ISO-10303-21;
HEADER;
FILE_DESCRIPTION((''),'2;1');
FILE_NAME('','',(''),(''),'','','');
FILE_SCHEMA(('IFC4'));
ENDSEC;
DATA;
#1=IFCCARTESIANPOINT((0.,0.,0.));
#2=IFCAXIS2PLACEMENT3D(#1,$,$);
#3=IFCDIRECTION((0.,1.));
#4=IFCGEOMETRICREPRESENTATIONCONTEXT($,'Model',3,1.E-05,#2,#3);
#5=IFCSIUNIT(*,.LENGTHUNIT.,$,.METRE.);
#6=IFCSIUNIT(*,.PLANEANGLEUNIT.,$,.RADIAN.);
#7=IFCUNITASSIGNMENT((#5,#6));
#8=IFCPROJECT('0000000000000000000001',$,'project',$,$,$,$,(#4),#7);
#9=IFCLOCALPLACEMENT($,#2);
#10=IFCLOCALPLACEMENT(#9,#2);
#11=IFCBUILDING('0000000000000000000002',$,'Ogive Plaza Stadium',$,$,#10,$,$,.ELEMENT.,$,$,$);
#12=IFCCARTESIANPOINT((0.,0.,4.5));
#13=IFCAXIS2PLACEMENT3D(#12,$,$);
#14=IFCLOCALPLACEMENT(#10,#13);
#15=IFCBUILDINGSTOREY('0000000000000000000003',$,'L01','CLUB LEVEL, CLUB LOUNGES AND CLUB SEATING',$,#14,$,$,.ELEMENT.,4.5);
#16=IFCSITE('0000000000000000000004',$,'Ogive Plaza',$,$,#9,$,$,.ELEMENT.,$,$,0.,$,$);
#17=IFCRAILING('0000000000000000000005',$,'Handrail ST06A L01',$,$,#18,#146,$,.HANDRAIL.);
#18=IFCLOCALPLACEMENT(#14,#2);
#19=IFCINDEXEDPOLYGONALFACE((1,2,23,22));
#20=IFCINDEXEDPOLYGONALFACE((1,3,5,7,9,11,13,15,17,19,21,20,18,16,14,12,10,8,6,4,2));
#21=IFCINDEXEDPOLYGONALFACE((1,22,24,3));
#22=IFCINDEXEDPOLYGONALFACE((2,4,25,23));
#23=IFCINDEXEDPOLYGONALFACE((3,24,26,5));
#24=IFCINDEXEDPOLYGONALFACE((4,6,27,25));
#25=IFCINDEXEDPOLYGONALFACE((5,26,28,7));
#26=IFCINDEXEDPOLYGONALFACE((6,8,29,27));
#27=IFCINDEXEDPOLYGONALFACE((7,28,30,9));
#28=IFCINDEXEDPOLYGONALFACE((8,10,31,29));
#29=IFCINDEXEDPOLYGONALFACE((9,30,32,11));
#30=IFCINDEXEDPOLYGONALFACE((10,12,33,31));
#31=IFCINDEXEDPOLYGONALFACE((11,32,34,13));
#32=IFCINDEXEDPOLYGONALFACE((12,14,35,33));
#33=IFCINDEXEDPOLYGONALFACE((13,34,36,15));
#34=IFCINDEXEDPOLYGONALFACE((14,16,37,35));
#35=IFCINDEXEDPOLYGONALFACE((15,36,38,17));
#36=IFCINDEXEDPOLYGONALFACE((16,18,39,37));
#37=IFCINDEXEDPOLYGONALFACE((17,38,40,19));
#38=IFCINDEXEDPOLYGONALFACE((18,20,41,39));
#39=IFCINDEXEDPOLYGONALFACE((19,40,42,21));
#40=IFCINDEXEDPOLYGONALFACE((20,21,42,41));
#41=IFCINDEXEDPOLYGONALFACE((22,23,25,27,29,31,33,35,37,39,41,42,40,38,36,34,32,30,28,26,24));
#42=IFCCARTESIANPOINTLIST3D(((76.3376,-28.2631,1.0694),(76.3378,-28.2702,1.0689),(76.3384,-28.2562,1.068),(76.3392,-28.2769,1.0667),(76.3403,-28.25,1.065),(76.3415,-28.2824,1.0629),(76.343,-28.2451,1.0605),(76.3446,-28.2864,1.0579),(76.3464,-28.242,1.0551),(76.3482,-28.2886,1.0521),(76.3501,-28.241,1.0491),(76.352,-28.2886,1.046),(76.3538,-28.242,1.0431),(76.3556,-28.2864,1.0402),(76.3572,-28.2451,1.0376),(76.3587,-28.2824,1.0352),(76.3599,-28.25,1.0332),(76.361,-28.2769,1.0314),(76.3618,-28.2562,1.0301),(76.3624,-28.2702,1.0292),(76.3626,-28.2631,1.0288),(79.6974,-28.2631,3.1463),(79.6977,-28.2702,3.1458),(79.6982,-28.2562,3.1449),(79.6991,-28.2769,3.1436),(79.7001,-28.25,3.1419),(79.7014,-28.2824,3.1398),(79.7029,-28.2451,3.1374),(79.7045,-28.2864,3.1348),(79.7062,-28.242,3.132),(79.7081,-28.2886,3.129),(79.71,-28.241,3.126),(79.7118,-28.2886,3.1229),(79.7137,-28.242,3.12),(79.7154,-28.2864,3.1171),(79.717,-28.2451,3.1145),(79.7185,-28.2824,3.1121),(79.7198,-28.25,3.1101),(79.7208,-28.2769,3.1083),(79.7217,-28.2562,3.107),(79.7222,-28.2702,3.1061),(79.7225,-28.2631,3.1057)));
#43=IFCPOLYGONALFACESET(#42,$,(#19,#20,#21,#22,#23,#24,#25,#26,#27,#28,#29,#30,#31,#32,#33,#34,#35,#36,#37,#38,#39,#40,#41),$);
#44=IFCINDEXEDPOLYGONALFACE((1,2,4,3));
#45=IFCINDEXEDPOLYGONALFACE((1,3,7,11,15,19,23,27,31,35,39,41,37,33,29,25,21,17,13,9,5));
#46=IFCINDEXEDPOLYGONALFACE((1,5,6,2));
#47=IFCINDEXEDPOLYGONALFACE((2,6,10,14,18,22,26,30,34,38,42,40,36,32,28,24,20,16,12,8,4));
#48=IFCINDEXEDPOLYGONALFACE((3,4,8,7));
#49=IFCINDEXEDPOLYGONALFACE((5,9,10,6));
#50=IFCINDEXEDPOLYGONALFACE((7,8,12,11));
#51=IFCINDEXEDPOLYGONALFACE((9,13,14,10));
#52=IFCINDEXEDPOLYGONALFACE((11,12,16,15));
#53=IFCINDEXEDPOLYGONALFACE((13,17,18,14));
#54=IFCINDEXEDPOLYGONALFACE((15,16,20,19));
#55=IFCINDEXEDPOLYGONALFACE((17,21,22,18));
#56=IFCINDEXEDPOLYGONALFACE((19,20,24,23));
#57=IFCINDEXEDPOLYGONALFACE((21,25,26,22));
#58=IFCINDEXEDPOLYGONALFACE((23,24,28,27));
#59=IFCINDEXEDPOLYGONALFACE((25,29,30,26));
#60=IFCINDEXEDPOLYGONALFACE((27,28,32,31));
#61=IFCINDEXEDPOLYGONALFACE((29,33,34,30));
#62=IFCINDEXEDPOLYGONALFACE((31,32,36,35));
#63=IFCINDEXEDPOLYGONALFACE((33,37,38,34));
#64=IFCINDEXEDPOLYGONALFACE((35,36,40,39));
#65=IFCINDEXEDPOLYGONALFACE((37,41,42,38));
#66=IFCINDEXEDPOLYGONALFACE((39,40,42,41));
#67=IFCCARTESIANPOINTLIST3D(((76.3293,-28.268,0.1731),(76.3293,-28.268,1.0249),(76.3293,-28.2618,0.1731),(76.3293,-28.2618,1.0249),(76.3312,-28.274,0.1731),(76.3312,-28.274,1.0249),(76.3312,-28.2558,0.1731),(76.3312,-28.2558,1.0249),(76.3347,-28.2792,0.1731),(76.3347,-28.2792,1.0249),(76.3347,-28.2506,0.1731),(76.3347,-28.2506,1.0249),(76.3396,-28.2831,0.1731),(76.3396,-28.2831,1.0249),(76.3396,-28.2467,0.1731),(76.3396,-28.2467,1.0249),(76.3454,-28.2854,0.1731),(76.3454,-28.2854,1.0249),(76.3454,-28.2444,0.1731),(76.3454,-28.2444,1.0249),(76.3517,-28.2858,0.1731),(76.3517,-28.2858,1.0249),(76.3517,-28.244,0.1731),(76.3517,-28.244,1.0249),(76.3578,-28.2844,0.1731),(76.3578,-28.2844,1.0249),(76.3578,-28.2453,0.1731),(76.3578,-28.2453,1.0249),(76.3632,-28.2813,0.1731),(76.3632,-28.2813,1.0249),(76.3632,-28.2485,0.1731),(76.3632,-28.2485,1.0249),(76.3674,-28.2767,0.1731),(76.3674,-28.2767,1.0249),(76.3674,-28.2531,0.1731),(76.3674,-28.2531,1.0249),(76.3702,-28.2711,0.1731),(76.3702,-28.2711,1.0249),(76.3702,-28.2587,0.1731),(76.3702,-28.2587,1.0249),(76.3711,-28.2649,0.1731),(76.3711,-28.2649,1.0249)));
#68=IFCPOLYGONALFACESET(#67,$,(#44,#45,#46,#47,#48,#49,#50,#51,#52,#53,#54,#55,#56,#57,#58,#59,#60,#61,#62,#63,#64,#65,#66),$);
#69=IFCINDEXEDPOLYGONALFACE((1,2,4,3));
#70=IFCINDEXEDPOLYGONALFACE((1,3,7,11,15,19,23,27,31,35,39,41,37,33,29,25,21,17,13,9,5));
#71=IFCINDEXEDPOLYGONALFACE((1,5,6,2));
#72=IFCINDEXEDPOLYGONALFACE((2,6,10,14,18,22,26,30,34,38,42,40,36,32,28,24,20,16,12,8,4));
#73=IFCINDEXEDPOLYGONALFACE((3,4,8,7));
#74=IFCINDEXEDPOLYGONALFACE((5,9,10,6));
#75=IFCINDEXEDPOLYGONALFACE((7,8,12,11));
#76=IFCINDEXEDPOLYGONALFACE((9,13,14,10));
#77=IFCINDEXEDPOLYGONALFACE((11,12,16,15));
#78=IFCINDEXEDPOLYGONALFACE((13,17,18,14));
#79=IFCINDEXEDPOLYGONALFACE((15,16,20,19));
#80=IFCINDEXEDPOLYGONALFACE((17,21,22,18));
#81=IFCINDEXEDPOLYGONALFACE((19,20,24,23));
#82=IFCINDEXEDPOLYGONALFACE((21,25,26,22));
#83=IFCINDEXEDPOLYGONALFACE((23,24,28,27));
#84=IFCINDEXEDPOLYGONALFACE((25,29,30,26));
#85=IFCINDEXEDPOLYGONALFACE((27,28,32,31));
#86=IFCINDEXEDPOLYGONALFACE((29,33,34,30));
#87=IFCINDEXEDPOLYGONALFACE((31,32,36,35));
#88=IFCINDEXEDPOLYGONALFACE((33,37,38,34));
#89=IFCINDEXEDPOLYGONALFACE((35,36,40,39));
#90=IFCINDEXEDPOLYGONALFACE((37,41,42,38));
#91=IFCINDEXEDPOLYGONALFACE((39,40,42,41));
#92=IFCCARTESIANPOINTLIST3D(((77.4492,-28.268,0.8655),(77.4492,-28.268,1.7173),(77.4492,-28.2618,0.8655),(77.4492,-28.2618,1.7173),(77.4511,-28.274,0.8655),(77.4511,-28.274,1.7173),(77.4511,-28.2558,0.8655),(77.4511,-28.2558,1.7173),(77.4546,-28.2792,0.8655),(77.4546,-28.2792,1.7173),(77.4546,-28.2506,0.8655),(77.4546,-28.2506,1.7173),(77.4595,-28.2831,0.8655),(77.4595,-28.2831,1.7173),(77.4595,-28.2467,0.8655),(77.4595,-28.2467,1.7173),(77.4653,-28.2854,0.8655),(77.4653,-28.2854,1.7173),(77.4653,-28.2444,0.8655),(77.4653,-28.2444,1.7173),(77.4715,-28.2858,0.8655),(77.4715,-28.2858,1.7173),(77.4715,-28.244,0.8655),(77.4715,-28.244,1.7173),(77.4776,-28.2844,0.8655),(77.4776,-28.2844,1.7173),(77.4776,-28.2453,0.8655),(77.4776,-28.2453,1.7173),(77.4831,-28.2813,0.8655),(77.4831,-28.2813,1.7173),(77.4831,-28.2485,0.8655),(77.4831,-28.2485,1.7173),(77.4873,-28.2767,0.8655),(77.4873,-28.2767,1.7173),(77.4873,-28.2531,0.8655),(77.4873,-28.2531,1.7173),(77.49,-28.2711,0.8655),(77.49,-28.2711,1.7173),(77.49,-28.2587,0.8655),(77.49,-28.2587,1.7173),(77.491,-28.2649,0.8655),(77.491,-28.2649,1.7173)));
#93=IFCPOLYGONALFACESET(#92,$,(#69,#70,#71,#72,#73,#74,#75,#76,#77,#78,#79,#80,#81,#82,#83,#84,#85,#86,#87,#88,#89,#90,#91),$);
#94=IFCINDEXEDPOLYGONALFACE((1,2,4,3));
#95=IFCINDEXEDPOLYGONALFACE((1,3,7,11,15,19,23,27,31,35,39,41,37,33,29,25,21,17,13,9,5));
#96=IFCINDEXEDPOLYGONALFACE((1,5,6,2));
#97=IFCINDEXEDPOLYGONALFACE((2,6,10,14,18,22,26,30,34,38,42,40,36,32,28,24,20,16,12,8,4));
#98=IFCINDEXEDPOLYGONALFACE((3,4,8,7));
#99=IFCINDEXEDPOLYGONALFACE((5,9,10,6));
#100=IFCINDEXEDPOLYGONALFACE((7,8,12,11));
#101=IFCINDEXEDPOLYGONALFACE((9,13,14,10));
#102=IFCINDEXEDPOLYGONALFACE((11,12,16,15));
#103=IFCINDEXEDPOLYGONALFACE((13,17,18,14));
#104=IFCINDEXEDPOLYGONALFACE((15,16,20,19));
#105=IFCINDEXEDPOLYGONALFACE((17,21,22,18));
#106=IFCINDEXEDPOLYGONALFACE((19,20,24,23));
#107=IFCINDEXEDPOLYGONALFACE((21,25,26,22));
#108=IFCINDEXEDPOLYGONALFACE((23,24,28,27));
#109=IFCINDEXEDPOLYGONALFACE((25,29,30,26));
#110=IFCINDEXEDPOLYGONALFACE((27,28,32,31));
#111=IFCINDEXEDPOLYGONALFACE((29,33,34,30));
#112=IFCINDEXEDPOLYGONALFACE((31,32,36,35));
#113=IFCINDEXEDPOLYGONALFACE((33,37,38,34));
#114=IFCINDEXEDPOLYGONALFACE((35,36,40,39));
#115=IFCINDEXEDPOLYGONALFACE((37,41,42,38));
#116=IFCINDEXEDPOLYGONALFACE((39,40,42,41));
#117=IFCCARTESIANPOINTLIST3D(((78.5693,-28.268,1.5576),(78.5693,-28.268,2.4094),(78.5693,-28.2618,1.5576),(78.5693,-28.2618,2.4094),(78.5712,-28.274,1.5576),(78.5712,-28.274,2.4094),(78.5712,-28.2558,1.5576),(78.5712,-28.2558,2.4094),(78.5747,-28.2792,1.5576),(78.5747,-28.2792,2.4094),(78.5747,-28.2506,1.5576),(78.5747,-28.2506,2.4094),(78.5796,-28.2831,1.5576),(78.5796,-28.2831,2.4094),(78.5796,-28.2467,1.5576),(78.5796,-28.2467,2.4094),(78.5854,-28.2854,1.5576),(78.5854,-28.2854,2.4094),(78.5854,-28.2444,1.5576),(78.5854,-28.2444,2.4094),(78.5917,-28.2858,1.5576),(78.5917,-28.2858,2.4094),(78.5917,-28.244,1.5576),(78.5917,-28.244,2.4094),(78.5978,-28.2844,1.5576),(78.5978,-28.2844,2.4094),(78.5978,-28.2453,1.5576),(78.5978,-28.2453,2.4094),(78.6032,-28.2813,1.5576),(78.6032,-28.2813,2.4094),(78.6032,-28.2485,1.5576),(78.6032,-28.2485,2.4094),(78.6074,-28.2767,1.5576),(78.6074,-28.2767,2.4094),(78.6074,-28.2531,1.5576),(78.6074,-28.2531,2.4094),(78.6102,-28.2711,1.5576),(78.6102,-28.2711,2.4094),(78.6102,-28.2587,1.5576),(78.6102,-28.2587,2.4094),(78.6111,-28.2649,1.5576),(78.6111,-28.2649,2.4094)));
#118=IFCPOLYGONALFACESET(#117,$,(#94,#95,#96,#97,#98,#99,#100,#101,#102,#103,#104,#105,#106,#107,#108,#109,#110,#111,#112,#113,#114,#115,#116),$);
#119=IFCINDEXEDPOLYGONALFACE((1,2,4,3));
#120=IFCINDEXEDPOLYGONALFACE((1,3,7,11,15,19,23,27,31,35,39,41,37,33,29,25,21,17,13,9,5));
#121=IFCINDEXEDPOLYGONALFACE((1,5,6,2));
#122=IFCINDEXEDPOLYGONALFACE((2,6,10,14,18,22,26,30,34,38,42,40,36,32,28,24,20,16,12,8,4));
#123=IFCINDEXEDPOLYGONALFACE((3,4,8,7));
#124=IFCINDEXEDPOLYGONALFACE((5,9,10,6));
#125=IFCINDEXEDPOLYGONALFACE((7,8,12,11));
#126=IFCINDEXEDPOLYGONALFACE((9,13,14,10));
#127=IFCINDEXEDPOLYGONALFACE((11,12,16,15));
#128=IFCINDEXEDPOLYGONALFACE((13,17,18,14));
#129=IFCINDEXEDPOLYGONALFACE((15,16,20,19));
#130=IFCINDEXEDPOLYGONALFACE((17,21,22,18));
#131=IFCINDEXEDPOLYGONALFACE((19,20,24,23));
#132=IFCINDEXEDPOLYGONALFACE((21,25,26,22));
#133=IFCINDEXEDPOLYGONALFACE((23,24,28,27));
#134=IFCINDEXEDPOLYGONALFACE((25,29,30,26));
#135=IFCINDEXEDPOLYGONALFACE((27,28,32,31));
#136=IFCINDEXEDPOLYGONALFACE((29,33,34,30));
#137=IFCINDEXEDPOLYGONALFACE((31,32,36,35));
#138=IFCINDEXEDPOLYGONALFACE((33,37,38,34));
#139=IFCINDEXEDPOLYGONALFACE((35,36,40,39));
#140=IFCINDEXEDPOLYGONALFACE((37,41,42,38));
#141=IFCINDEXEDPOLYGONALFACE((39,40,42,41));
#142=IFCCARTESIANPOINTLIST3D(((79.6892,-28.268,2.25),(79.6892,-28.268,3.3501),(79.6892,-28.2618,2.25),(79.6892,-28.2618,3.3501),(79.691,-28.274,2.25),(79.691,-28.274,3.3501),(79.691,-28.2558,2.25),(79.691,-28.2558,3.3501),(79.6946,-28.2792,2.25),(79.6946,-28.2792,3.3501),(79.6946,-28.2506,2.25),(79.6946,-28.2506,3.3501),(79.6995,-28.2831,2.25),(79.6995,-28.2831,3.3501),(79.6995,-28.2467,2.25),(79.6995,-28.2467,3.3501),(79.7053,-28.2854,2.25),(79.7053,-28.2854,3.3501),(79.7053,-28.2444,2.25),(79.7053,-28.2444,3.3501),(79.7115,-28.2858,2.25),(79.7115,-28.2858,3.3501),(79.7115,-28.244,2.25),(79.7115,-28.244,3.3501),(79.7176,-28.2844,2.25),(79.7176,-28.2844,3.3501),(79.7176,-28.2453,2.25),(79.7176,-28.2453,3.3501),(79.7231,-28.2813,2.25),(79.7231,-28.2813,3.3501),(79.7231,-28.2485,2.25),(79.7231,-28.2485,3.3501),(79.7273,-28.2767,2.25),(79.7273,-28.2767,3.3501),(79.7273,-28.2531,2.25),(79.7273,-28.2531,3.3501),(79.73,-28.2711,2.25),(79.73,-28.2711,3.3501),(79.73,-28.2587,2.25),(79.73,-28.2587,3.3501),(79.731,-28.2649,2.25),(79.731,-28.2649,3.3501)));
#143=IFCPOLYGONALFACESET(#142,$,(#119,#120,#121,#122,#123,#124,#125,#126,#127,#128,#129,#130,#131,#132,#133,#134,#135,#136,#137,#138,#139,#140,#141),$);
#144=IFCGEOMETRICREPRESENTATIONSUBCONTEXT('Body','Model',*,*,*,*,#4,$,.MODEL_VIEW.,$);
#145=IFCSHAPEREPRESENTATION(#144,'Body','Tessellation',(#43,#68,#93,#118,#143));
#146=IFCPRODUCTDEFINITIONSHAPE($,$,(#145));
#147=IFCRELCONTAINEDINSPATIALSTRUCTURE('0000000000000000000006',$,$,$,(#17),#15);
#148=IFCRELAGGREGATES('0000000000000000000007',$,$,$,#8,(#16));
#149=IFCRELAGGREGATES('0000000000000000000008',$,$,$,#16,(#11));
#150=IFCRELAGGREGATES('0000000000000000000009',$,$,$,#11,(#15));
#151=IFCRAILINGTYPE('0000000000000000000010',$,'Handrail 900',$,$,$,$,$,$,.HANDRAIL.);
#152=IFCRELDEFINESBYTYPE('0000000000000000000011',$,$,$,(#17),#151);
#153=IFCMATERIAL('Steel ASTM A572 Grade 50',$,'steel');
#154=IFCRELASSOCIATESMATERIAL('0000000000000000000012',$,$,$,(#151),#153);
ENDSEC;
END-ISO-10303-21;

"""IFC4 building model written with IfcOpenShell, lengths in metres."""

from ifc_helpers import new_model, si_unit, direction, frame, origin, origin_2d, place, context, subcontext, project, spatial, circle, extrude, material, type_object, element, save


model = new_model("IFC4")

# Units and contexts
model_context = context("Model", 3, precision=1e-05, world=origin(), true_north=direction((0.0, 1.0)))
body_context = subcontext(model_context, "Body", "Model", "MODEL_VIEW")
ifc_project = project(units=[si_unit("LENGTHUNIT", "METRE"), si_unit("PLANEANGLEUNIT", "RADIAN")], contexts=[model_context])

# Site, building, storey
site_placement = place(None, origin())
site = spatial("IfcSite", under=ifc_project, at=site_placement, Name="Ogive Plaza", CompositionType="ELEMENT", RefElevation=0.0)
building_placement = place(site_placement, origin())
building = spatial("IfcBuilding", under=site, at=building_placement, Name="Ogive Plaza Stadium", CompositionType="ELEMENT")
storey_placement = place(building_placement, frame((0.0, 0.0, 4.5)))
storey = spatial("IfcBuildingStorey", under=building, at=storey_placement, Name="L01", Description="CLUB LEVEL, CLUB LOUNGES AND CLUB SEATING", CompositionType="ELEMENT", Elevation=4.5)

# Railing
ifc_material_1 = material(Name="Steel ASTM A572 Grade 50", Category="steel")
railing_type_1 = type_object("IfcRailingType", Name="Handrail 900", PredefinedType="HANDRAIL", material=ifc_material_1)
for number, where, name in (
    (1, (76.3501, -28.2649, 0.1731), "Handrail ST06A L01"),
):
    element("IfcRailing", number, at=place(storey_placement, frame(where)), inside=storey, type_object=railing_type_1, Name=name, PredefinedType="HANDRAIL", context=body_context, shape_type="SweptSolid", body=[
        extrude(circle(Radius=0.0239, at=origin_2d()), frame((0.0, 0.0, 0.876), z_axis=(0.850606, 0.0, 0.525803), x_axis=(0.0, 1.0, 0.0)), (0.0, 0.0, 1.0), 3.95),
        extrude(circle(Radius=0.021, at=origin_2d()), origin(), (0.0, 0.0, 1.0), 0.8518),
        extrude(circle(Radius=0.021, at=origin_2d()), frame((1.1199, 0.0, 0.6924)), (0.0, 0.0, 1.0), 0.8518),
        extrude(circle(Radius=0.021, at=origin_2d()), frame((2.24, 0.0, 1.3845)), (0.0, 0.0, 1.0), 0.8518),
        extrude(circle(Radius=0.021, at=origin_2d()), frame((3.3599, 0.0, 2.0769)), (0.0, 0.0, 1.0), 1.1001),
    ])

save(model, "model.ifc")
